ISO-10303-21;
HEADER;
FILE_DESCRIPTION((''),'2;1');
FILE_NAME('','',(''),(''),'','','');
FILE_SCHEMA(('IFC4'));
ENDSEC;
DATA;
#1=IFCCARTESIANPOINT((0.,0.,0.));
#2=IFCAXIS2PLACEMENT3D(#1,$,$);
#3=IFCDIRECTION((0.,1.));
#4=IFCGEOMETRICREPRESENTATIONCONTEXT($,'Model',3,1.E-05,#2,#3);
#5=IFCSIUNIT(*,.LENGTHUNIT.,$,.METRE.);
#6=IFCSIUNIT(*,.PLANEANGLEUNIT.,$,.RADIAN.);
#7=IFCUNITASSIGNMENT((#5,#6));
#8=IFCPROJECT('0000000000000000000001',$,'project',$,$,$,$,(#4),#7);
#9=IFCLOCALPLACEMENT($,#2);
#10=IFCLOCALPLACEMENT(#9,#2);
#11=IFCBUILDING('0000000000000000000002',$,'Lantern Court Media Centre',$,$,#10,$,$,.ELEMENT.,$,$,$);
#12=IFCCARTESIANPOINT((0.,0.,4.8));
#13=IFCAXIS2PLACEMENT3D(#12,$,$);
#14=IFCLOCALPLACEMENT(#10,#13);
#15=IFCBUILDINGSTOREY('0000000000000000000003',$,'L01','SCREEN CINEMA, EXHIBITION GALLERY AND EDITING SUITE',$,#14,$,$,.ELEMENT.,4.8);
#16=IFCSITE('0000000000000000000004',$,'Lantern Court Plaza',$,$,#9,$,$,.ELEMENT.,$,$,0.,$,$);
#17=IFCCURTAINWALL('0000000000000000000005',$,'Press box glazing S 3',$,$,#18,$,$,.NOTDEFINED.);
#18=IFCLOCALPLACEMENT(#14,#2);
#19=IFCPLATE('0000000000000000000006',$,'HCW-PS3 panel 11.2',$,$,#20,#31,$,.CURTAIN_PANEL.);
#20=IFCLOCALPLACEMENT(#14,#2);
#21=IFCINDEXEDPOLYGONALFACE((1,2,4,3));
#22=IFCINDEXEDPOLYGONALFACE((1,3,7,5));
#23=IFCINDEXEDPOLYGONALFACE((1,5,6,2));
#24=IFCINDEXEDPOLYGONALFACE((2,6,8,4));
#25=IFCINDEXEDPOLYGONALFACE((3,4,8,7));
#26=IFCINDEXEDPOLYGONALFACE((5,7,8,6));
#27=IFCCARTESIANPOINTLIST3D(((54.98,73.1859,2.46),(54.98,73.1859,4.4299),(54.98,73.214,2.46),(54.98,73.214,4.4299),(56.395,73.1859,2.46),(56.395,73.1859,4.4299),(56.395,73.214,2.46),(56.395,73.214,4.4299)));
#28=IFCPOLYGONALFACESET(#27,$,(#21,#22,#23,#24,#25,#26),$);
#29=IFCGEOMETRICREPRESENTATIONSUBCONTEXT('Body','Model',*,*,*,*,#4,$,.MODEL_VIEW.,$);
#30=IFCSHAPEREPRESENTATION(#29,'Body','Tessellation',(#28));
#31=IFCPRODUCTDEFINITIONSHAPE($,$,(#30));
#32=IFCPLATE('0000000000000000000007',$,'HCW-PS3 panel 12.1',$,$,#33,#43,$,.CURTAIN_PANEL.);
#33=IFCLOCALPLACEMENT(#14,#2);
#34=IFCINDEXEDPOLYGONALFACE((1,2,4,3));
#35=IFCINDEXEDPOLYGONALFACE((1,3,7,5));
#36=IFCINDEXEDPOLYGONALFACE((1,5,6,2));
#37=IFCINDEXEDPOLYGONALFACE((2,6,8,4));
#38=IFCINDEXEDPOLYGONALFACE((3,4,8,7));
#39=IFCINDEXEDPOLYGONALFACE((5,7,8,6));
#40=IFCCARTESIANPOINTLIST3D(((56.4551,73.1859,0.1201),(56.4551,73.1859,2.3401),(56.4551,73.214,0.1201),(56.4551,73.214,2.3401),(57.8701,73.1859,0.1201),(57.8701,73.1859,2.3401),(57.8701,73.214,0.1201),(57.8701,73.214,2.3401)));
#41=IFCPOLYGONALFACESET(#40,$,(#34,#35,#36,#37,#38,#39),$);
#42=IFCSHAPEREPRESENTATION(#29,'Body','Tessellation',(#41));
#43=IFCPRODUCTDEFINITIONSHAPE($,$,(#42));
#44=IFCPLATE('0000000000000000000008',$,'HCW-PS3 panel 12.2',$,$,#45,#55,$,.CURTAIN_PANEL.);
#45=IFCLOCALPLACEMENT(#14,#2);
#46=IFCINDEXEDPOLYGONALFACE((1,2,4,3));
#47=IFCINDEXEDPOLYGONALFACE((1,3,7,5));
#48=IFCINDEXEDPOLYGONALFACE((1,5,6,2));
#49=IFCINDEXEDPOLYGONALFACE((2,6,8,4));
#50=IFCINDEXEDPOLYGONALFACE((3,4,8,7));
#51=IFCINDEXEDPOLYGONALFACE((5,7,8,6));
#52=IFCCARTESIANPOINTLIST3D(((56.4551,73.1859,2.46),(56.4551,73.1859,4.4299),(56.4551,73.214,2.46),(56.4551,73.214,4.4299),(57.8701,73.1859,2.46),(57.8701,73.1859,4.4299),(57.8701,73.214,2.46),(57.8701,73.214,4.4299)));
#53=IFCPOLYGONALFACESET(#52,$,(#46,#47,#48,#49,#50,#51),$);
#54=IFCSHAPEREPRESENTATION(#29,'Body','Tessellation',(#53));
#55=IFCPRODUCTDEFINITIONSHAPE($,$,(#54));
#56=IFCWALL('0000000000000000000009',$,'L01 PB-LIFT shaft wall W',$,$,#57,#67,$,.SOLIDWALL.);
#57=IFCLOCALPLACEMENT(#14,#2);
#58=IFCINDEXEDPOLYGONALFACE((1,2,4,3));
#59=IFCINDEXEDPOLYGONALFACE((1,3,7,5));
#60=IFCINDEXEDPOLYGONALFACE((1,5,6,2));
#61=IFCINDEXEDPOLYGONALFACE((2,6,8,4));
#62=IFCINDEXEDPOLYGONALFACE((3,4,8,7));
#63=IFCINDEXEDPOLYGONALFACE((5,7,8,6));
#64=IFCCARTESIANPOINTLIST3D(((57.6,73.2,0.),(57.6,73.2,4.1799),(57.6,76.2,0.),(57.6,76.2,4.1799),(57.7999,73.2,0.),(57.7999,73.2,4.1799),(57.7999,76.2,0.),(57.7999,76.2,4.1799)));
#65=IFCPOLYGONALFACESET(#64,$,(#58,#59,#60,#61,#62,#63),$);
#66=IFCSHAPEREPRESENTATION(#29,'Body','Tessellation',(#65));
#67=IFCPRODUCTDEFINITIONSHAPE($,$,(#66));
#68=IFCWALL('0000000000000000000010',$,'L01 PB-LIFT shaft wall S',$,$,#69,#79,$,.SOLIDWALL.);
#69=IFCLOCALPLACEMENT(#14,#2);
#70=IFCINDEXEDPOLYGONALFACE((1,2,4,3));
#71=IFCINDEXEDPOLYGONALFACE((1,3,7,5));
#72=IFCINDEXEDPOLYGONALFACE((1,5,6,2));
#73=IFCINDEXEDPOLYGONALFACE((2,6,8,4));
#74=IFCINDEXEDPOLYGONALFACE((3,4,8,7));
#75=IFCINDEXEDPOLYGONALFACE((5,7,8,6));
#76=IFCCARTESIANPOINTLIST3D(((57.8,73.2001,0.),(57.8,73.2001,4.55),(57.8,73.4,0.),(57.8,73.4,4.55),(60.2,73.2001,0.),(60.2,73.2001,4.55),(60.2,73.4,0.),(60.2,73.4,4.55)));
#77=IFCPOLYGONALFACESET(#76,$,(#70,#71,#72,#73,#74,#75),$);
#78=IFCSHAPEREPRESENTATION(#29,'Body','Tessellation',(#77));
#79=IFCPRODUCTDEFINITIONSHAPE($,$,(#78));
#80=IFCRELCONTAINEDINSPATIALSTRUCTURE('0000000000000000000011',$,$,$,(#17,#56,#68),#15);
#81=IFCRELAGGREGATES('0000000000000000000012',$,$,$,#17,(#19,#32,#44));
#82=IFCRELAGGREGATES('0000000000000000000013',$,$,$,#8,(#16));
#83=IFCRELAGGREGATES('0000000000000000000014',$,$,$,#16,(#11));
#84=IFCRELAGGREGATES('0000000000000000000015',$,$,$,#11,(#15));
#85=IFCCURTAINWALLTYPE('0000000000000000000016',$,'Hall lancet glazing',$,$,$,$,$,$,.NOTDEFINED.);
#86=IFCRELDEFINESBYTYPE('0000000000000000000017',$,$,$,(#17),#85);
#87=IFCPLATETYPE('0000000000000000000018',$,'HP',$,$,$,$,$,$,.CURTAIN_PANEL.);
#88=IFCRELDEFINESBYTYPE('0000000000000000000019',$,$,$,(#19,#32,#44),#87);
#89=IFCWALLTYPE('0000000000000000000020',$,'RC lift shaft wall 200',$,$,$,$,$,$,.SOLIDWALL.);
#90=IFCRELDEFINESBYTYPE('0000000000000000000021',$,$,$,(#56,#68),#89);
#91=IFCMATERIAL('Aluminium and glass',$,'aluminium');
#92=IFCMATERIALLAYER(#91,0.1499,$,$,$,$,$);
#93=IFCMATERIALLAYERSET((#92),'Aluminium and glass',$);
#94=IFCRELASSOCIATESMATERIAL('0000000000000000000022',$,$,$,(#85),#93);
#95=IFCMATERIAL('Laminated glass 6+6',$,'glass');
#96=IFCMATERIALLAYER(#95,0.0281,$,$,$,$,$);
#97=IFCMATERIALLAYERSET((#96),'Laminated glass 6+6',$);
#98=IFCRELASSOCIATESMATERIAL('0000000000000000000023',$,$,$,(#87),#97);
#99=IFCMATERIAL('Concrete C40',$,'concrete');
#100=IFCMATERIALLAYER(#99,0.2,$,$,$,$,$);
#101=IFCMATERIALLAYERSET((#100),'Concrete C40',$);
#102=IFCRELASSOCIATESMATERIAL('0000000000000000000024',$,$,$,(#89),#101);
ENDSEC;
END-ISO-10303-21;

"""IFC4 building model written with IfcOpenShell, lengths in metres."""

from ifc_helpers import new_model, si_unit, direction, frame, frame_2d, origin, origin_2d, place, context, subcontext, project, spatial, rectangle, extrude, material, layer, layer_set, type_object, element, aggregate, save


model = new_model("IFC4")

# Units and contexts
model_context = context("Model", 3, precision=1e-05, world=origin(), true_north=direction((0.0, 1.0)))
body_context = subcontext(model_context, "Body", "Model", "MODEL_VIEW")
ifc_project = project(units=[si_unit("LENGTHUNIT", "METRE"), si_unit("PLANEANGLEUNIT", "RADIAN")], contexts=[model_context])

# Site, building, storey
site_placement = place(None, origin())
site = spatial("IfcSite", under=ifc_project, at=site_placement, Name="Lantern Court Plaza", CompositionType="ELEMENT", RefElevation=0.0)
building_placement = place(site_placement, origin())
building = spatial("IfcBuilding", under=site, at=building_placement, Name="Lantern Court Media Centre", CompositionType="ELEMENT")
storey_placement = place(building_placement, frame((0.0, 0.0, 4.8)))
storey = spatial("IfcBuildingStorey", under=building, at=storey_placement, Name="L01", Description="SCREEN CINEMA, EXHIBITION GALLERY AND EDITING SUITE", CompositionType="ELEMENT", Elevation=4.8)

# Curtain wall
ifc_material_1 = material(Name="Aluminium and glass", Category="aluminium")
ifc_layer_1 = layer(ifc_material_1, 0.1499)
ifc_layer_set_1 = layer_set([ifc_layer_1], Name="Aluminium and glass")
curtain_wall_type = type_object("IfcCurtainWallType", Name="Hall lancet glazing", PredefinedType="NOTDEFINED", material=ifc_layer_set_1)
curtain_wall_placement = place(storey_placement, origin())
curtain_wall = element("IfcCurtainWall", 1, at=curtain_wall_placement, inside=storey, type_object=curtain_wall_type, Name="Press box glazing S 3", PredefinedType="NOTDEFINED")

# Plates
ifc_material_2 = material(Name="Laminated glass 6+6", Category="glass")
ifc_layer_2 = layer(ifc_material_2, 0.0281)
ifc_layer_set_2 = layer_set([ifc_layer_2], Name="Laminated glass 6+6")
plate_type = type_object("IfcPlateType", Name="HP", PredefinedType="CURTAIN_PANEL", material=ifc_layer_set_2)
plate_1_placement = place(storey_placement, frame((55.6875, 73.2, 2.46), z_axis=(0.0, 0.0, 1.0), x_axis=(1.0, 0.0, 0.0)))
plate_1 = element("IfcPlate", 2, at=plate_1_placement, type_object=plate_type, Name="HCW-PS3 panel 11.2", PredefinedType="CURTAIN_PANEL", context=body_context, shape_type="SweptSolid", body=[
    extrude(rectangle(XDim=1.415, YDim=0.0281, at=origin_2d()), origin(), (0.0, 0.0, 1.0), 1.97),
])
plate_2_placement = place(storey_placement, frame((57.1626, 73.2, 0.1201), z_axis=(0.0, 0.0, 1.0), x_axis=(1.0, 0.0, 0.0)))
plate_2 = element("IfcPlate", 3, at=plate_2_placement, type_object=plate_type, Name="HCW-PS3 panel 12.1", PredefinedType="CURTAIN_PANEL", context=body_context, shape_type="SweptSolid", body=[
    extrude(rectangle(XDim=1.415, YDim=0.0281, at=origin_2d()), origin(), (0.0, 0.0, 1.0), 2.22),
])
plate_3_placement = place(storey_placement, frame((57.1626, 73.2, 2.46), z_axis=(0.0, 0.0, 1.0), x_axis=(1.0, 0.0, 0.0)))
plate_3 = element("IfcPlate", 4, at=plate_3_placement, type_object=plate_type, Name="HCW-PS3 panel 12.2", PredefinedType="CURTAIN_PANEL", context=body_context, shape_type="SweptSolid", body=[
    extrude(rectangle(XDim=1.415, YDim=0.0281, at=origin_2d()), origin(), (0.0, 0.0, 1.0), 1.97),
])
aggregate(curtain_wall, [plate_1, plate_2, plate_3])

# Walls
ifc_material_3 = material(Name="Concrete C40", Category="concrete")
ifc_layer_3 = layer(ifc_material_3, 0.2)
ifc_layer_set_3 = layer_set([ifc_layer_3], Name="Concrete C40")
wall_type = type_object("IfcWallType", Name="RC lift shaft wall 200", PredefinedType="SOLIDWALL", material=ifc_layer_set_3)
wall_1_placement = place(storey_placement, frame((57.7, 73.2, 0.0), z_axis=(0.0, 0.0, 1.0), x_axis=(0.0, 1.0, 0.0)))
element("IfcWall", 5, at=wall_1_placement, inside=storey, type_object=wall_type, Name="L01 PB-LIFT shaft wall W", PredefinedType="SOLIDWALL", context=body_context, shape_type="SweptSolid", body=[
    extrude(rectangle(XDim=3.0, YDim=0.2, at=frame_2d((1.5, 0.0))), origin(), (0.0, 0.0, 1.0), 4.1799),
])
wall_2_placement = place(storey_placement, frame((57.8, 73.3, 0.0), z_axis=(0.0, 0.0, 1.0), x_axis=(1.0, 0.0, 0.0)))
element("IfcWall", 6, at=wall_2_placement, inside=storey, type_object=wall_type, Name="L01 PB-LIFT shaft wall S", PredefinedType="SOLIDWALL", context=body_context, shape_type="SweptSolid", body=[
    extrude(rectangle(XDim=2.3999, YDim=0.2, at=frame_2d((1.2, 0.0))), origin(), (0.0, 0.0, 1.0), 4.55),
])

save(model, "model.ifc")
